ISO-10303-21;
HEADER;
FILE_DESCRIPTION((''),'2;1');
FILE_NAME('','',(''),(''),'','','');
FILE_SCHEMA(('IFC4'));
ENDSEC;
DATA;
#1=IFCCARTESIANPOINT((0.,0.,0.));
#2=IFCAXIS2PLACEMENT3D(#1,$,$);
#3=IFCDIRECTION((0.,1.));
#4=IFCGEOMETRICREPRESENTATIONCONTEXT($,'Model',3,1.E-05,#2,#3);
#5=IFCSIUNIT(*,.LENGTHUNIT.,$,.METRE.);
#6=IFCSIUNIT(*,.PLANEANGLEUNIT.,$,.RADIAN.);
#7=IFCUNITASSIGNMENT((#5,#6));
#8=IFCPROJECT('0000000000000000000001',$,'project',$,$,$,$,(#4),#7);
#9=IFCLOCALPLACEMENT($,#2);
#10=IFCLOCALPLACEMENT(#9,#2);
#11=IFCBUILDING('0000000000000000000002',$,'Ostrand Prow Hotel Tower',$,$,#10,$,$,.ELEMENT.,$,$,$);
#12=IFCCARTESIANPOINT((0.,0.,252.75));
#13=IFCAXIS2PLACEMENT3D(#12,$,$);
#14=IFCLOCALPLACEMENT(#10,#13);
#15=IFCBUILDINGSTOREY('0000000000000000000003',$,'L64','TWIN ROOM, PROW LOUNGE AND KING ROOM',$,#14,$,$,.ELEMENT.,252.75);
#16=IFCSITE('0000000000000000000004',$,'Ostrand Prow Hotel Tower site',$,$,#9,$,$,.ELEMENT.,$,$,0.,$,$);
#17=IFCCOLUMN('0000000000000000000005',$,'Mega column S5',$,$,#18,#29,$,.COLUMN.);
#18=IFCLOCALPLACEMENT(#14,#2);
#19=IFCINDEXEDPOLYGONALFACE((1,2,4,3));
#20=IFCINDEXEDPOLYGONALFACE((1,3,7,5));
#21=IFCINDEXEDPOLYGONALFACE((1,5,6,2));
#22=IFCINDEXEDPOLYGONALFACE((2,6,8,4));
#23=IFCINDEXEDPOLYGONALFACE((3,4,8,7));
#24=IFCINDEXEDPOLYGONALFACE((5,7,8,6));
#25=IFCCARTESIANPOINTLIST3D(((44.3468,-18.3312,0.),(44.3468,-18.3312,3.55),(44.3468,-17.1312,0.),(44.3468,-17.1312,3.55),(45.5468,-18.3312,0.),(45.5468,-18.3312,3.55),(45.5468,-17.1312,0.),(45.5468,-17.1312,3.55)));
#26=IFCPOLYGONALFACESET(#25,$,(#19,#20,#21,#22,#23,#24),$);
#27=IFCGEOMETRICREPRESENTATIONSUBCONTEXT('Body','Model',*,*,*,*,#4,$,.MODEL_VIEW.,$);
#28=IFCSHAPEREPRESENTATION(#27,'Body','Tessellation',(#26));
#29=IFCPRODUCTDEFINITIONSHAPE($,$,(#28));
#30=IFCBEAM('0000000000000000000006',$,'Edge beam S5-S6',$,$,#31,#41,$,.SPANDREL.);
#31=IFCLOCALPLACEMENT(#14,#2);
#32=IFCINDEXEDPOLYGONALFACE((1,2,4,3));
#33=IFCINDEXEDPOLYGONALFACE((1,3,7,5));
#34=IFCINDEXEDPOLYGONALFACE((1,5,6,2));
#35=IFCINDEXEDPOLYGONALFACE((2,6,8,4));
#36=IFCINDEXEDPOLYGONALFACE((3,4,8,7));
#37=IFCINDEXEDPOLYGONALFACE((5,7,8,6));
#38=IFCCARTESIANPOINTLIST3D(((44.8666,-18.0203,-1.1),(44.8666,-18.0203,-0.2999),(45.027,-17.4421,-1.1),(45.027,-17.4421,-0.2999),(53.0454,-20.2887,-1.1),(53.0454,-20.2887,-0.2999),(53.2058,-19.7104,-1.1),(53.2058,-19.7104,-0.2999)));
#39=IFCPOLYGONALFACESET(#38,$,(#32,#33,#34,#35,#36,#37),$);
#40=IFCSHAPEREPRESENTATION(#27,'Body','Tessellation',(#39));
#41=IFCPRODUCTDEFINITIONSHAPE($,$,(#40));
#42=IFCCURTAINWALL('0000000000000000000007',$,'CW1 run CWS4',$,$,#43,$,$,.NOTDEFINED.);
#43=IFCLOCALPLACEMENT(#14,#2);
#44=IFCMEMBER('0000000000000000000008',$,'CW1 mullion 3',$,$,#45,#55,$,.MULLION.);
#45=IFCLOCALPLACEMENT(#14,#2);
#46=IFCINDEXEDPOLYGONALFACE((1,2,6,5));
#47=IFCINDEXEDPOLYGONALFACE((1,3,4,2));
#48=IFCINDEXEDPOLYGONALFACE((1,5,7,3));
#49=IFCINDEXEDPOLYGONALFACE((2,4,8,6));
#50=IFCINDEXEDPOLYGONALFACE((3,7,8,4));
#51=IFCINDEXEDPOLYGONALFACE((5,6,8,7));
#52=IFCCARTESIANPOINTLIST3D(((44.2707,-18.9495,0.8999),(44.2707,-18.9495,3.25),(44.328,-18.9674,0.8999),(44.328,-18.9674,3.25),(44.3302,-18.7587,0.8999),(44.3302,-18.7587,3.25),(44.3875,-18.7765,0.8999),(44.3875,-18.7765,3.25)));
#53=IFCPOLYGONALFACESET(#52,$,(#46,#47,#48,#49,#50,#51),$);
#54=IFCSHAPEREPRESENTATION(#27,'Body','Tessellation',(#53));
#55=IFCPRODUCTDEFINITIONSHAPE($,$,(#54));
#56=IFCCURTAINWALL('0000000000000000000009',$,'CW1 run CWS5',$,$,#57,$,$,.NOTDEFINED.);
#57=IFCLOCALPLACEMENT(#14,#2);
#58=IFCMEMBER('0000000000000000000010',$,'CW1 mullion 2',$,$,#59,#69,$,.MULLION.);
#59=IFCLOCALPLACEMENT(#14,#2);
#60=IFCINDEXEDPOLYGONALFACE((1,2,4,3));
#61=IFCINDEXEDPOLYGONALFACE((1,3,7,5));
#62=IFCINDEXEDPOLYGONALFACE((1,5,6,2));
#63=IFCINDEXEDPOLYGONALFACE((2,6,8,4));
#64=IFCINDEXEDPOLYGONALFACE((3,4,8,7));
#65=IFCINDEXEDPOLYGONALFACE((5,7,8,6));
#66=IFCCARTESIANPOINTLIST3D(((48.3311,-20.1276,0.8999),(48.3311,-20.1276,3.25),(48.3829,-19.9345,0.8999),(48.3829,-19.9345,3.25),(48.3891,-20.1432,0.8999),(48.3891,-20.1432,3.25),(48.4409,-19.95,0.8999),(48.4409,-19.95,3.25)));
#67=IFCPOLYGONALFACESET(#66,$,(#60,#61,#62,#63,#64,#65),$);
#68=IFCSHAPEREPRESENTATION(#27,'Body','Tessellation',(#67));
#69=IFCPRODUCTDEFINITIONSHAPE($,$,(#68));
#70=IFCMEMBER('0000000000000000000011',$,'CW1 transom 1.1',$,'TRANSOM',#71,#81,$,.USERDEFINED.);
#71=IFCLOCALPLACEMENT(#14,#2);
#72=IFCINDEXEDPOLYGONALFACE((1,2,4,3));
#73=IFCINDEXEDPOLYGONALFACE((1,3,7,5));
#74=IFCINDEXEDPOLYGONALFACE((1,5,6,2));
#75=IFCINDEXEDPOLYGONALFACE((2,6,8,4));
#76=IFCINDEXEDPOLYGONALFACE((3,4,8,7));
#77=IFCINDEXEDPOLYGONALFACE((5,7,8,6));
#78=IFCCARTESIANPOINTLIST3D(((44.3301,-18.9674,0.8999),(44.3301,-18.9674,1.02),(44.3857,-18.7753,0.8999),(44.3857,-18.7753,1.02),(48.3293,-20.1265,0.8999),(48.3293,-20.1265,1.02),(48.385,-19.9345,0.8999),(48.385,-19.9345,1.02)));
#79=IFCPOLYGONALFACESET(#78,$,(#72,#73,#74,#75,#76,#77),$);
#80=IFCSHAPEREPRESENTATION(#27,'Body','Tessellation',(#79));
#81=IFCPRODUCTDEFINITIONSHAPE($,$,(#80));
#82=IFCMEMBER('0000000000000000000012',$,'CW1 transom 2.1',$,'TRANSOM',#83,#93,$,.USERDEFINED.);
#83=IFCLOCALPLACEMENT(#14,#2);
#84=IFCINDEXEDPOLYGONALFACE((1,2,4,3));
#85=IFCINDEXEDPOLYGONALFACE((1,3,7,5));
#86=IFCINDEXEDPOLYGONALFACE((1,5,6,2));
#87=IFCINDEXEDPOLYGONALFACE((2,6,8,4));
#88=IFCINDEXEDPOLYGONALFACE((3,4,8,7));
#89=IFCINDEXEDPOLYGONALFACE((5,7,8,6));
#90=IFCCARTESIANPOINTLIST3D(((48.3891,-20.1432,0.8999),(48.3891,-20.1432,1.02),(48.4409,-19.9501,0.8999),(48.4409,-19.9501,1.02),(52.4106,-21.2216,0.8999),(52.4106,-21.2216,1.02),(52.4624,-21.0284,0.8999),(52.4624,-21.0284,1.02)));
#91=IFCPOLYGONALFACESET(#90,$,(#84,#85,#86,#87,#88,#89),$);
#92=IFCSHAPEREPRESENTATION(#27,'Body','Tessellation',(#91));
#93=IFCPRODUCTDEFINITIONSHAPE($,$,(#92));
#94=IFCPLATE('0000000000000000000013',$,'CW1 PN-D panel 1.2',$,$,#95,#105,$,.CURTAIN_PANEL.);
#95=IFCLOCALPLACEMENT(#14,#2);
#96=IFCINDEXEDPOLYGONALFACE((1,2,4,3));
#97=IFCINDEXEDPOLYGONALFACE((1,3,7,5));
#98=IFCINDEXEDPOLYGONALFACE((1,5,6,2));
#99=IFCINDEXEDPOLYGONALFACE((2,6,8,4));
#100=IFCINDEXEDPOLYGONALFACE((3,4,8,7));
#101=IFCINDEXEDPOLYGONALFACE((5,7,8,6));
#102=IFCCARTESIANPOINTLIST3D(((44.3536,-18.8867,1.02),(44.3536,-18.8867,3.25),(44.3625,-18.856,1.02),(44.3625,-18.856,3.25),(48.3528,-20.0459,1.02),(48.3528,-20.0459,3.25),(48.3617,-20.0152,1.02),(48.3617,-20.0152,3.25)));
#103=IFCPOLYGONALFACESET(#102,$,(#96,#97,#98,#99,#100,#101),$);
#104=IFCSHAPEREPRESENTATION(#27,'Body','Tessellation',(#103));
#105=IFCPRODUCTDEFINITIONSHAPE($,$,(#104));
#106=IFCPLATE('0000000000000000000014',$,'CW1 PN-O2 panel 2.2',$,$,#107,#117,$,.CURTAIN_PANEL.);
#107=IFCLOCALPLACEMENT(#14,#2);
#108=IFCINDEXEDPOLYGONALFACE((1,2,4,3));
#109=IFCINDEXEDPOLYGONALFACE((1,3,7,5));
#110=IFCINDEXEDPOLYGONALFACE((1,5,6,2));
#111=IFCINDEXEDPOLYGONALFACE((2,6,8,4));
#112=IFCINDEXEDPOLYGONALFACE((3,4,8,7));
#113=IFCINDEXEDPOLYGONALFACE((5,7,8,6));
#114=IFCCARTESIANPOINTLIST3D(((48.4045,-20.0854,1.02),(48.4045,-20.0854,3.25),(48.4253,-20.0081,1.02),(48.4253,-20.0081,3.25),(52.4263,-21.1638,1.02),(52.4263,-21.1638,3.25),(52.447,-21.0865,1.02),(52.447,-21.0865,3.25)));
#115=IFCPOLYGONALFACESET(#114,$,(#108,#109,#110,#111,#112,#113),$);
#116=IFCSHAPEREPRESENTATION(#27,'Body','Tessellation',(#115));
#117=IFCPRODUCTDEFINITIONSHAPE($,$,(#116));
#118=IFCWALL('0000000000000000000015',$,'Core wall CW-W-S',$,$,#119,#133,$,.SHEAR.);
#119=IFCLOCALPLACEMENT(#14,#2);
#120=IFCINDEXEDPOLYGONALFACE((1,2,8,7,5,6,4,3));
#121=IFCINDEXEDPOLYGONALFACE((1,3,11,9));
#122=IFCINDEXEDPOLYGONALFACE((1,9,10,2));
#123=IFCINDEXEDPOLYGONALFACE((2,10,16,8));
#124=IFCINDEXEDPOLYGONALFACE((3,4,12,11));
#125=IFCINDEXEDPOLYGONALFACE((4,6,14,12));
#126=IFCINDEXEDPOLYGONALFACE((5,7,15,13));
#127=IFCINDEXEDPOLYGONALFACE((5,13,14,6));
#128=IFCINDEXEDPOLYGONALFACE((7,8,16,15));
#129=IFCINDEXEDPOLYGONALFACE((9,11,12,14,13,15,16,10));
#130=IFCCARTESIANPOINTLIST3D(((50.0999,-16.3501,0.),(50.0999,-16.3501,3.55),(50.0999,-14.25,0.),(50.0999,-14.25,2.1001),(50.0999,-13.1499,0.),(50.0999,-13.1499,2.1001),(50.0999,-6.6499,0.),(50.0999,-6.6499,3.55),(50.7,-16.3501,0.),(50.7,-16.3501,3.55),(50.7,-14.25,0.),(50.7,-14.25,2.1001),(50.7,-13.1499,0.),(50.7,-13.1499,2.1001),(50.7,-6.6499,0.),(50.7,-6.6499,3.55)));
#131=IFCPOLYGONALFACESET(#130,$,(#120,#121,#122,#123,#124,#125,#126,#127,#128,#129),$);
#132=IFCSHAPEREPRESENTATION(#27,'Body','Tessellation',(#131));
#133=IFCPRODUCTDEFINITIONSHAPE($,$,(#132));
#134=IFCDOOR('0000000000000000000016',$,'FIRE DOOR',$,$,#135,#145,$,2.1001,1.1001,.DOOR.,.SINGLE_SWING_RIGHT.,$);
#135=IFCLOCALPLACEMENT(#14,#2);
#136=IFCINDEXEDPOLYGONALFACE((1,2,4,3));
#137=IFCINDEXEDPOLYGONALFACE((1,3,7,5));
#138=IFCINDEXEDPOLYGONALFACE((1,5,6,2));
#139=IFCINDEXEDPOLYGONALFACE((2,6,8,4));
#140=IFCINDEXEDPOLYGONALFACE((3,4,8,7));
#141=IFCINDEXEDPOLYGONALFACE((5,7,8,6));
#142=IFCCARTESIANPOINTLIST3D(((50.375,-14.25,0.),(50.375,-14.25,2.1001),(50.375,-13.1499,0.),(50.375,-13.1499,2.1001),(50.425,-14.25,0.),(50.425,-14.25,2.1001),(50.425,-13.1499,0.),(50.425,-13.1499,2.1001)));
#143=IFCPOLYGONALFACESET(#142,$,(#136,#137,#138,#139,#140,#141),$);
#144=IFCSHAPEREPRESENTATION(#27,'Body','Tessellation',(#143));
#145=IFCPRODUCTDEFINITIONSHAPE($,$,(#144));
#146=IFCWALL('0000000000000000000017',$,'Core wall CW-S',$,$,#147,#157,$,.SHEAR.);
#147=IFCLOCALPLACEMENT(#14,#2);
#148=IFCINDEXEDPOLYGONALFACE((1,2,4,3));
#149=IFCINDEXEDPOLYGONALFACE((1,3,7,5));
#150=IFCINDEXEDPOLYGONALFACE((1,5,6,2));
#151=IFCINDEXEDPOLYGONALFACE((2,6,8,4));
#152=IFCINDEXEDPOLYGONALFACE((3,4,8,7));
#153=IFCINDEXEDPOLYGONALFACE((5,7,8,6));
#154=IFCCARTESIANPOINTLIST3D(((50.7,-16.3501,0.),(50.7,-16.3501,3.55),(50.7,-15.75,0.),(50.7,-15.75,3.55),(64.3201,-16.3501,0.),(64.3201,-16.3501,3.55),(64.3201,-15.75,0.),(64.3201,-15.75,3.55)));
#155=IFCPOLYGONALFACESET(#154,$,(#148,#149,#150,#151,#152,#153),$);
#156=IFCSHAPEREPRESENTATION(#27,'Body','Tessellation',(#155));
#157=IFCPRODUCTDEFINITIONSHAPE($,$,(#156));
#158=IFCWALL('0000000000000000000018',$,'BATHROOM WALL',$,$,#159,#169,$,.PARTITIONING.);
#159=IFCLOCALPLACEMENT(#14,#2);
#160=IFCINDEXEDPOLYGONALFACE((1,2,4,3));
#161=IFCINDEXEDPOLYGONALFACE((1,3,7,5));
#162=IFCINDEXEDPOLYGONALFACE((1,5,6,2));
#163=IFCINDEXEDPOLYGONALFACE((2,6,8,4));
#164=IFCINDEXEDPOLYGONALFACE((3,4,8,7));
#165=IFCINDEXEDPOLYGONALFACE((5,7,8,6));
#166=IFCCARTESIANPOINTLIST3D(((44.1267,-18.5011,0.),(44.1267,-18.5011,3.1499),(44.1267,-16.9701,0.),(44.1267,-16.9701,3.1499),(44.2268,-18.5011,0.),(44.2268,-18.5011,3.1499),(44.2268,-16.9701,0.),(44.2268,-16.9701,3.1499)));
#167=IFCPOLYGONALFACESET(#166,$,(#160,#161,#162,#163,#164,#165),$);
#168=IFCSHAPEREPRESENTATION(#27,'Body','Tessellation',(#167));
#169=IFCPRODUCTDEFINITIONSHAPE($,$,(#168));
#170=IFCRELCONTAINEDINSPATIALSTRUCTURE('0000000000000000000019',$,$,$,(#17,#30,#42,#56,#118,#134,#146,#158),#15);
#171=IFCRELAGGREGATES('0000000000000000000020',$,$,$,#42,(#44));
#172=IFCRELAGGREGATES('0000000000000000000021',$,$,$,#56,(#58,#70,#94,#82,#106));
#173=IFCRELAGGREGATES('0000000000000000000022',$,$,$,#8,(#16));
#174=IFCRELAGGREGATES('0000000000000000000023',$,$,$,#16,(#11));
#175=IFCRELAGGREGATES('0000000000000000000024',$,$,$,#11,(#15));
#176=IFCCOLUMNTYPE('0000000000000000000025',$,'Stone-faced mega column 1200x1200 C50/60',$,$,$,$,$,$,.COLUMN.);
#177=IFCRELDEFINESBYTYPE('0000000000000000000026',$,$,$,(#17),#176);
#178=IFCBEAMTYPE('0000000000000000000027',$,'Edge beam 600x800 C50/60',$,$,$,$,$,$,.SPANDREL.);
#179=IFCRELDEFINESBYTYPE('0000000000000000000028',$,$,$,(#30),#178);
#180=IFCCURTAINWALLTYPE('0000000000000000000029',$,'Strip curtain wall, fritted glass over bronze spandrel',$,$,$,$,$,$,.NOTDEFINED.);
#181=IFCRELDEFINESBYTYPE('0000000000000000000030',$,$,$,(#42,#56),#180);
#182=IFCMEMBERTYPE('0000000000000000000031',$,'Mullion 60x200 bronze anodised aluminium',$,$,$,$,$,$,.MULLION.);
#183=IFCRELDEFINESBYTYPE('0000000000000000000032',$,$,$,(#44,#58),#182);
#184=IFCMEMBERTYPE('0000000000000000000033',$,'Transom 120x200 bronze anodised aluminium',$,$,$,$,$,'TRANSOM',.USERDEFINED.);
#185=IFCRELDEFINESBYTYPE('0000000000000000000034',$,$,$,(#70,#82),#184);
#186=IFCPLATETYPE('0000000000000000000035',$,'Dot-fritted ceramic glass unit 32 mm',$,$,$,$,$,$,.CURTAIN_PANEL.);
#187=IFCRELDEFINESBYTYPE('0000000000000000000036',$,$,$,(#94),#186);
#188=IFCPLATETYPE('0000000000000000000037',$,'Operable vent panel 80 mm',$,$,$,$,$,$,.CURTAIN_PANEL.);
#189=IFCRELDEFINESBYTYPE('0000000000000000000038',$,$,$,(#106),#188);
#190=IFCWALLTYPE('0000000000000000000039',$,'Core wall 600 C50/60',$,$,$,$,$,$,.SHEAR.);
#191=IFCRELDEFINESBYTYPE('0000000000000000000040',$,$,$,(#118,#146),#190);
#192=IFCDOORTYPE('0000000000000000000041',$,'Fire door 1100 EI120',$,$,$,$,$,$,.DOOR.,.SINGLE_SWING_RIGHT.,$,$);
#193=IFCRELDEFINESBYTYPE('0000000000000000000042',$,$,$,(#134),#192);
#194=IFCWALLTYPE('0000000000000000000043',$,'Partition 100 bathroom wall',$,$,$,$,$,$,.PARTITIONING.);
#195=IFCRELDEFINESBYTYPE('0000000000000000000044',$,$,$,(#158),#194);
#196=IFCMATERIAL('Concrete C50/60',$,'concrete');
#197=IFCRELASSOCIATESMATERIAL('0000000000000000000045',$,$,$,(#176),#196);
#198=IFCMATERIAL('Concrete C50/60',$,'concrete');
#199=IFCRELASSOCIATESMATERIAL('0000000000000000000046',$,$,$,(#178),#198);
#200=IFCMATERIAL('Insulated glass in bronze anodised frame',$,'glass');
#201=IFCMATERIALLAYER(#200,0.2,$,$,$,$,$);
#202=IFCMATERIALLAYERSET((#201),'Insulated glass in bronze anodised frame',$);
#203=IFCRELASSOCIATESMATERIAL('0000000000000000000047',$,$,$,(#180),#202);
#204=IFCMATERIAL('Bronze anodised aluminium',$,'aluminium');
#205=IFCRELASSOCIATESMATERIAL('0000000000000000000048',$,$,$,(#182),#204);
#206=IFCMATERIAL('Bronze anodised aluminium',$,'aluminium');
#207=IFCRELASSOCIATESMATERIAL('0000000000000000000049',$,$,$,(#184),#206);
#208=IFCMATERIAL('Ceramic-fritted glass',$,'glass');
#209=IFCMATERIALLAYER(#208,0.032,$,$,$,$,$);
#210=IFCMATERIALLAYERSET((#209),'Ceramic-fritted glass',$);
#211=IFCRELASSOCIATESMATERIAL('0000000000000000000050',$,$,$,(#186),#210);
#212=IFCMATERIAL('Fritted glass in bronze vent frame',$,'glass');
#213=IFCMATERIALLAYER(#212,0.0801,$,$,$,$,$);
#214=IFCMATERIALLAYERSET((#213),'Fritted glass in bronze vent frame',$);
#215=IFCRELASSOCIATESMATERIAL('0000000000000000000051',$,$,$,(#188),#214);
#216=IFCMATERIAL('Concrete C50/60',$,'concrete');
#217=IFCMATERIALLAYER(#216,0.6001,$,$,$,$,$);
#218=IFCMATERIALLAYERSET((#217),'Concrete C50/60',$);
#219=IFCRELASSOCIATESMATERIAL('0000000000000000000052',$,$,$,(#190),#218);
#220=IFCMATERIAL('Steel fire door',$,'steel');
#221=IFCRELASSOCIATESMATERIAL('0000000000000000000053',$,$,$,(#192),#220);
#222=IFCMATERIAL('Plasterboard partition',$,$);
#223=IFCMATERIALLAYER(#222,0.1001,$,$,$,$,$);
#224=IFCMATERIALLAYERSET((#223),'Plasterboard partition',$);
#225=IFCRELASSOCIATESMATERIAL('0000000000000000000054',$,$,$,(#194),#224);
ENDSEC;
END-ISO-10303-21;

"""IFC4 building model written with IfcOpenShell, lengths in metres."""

from ifc_helpers import new_model, si_unit, direction, frame, frame_2d, origin, origin_2d, place, context, subcontext, project, spatial, rectangle, extrude, material, layer, layer_set, material_profile, profile_set, type_object, element, fill, aggregate, save


model = new_model("IFC4")

# Units and contexts
model_context = context("Model", 3, precision=1e-05, world=origin(), true_north=direction((0.0, 1.0)))
body_context = subcontext(model_context, "Body", "Model", "MODEL_VIEW")
ifc_project = project(units=[si_unit("LENGTHUNIT", "METRE"), si_unit("PLANEANGLEUNIT", "RADIAN")], contexts=[model_context])

# Site, building, storey
site_placement = place(None, origin())
site = spatial("IfcSite", under=ifc_project, at=site_placement, Name="Ostrand Prow Hotel Tower site", CompositionType="ELEMENT", RefElevation=0.0)
building_placement = place(site_placement, origin())
building = spatial("IfcBuilding", under=site, at=building_placement, Name="Ostrand Prow Hotel Tower", CompositionType="ELEMENT")
storey_placement = place(building_placement, frame((0.0, 0.0, 252.75)))
storey = spatial("IfcBuildingStorey", under=building, at=storey_placement, Name="L64", Description="TWIN ROOM, PROW LOUNGE AND KING ROOM", CompositionType="ELEMENT", Elevation=252.75)

# Column
ifc_material_1 = material(Name="Concrete C50/60", Category="concrete")
ifc_material_profile_1 = material_profile(ifc_material_1, rectangle(XDim=1.2, YDim=1.2, at=origin_2d()), Name="RC 1200x1200")
ifc_profile_set_1 = profile_set([ifc_material_profile_1], Name="Concrete C50/60")
column_type = type_object("IfcColumnType", Name="Stone-faced mega column 1200x1200 C50/60", PredefinedType="COLUMN", material=ifc_profile_set_1)
column_placement = place(storey_placement, frame((44.9468, -17.7312, 0.0), z_axis=(0.0, 0.0, 1.0), x_axis=(1.0, 0.0, 0.0)))
element("IfcColumn", 1, at=column_placement, inside=storey, type_object=column_type, Name="Mega column S5", PredefinedType="COLUMN", context=body_context, shape_type="SweptSolid", body=[
    extrude(rectangle(XDim=1.2, YDim=1.2, at=origin_2d()), origin(), (0.0, 0.0, 1.0), 3.55),
])

# Beam
ifc_material_2 = material(Name="Concrete C50/60", Category="concrete")
ifc_material_profile_2 = material_profile(ifc_material_2, rectangle(XDim=0.6001, YDim=0.8, at=origin_2d()), Name="RC 600x800")
ifc_profile_set_2 = profile_set([ifc_material_profile_2], Name="Concrete C50/60")
beam_type = type_object("IfcBeamType", Name="Edge beam 600x800 C50/60", PredefinedType="SPANDREL", material=ifc_profile_set_2)
beam_placement = place(storey_placement, frame((44.9468, -17.7312, -0.7), z_axis=(0.963626, -0.267255, 0.0), x_axis=(0.267255, 0.963626, 0.0)))
element("IfcBeam", 2, at=beam_placement, inside=storey, type_object=beam_type, Name="Edge beam S5-S6", PredefinedType="SPANDREL", context=body_context, shape_type="SweptSolid", body=[
    extrude(rectangle(XDim=0.6001, YDim=0.8, at=origin_2d()), origin(), (0.0, 0.0, 1.0), 8.4875),
])

# Curtain wall, member
ifc_material_3 = material(Name="Insulated glass in bronze anodised frame", Category="glass")
ifc_layer_1 = layer(ifc_material_3, 0.2)
ifc_layer_set_1 = layer_set([ifc_layer_1], Name="Insulated glass in bronze anodised frame")
curtain_wall_type = type_object("IfcCurtainWallType", Name="Strip curtain wall, fritted glass over bronze spandrel", PredefinedType="NOTDEFINED", material=ifc_layer_set_1)
curtain_wall_1_placement = place(storey_placement, origin())
curtain_wall_1 = element("IfcCurtainWall", 3, at=curtain_wall_1_placement, inside=storey, type_object=curtain_wall_type, Name="CW1 run CWS4", PredefinedType="NOTDEFINED")
ifc_material_4 = material(Name="Bronze anodised aluminium", Category="aluminium")
ifc_material_profile_3 = material_profile(ifc_material_4, rectangle(XDim=0.2, YDim=0.0601, at=origin_2d()), Name="Mullion 60x200 bronze anodised aluminium")
ifc_profile_set_3 = profile_set([ifc_material_profile_3], Name="Bronze anodised aluminium")
member_type_1 = type_object("IfcMemberType", Name="Mullion 60x200 bronze anodised aluminium", PredefinedType="MULLION", material=ifc_profile_set_3)
member_1_placement = place(storey_placement, frame((44.3291, -18.863, 0.8999), z_axis=(0.0, 0.0, 1.0), x_axis=(0.297678, 0.954666, 0.0)))
member_1 = element("IfcMember", 4, at=member_1_placement, type_object=member_type_1, Name="CW1 mullion 3", PredefinedType="MULLION", context=body_context, shape_type="SweptSolid", body=[
    extrude(rectangle(XDim=0.2, YDim=0.0601, at=origin_2d()), origin(), (0.0, 0.0, 1.0), 2.3501),
])
aggregate(curtain_wall_1, [member_1])

# Curtain wall, members, plates
curtain_wall_2_placement = place(storey_placement, origin())
curtain_wall_2 = element("IfcCurtainWall", 5, at=curtain_wall_2_placement, inside=storey, type_object=curtain_wall_type, Name="CW1 run CWS5", PredefinedType="NOTDEFINED")
member_2_placement = place(storey_placement, frame((48.386, -20.0388, 0.8999), z_axis=(0.0, 0.0, 1.0), x_axis=(0.258994, 0.965879, 0.0)))
member_2 = element("IfcMember", 6, at=member_2_placement, type_object=member_type_1, Name="CW1 mullion 2", PredefinedType="MULLION", context=body_context, shape_type="SweptSolid", body=[
    extrude(rectangle(XDim=0.2, YDim=0.0601, at=origin_2d()), origin(), (0.0, 0.0, 1.0), 2.3501),
])
ifc_material_5 = material(Name="Bronze anodised aluminium", Category="aluminium")
ifc_material_profile_4 = material_profile(ifc_material_5, rectangle(XDim=0.2, YDim=0.1201, at=origin_2d()), Name="Transom 120x200 bronze anodised aluminium")
ifc_profile_set_4 = profile_set([ifc_material_profile_4], Name="Bronze anodised aluminium")
member_type_2 = type_object("IfcMemberType", Name="Transom 120x200 bronze anodised aluminium", ElementType="TRANSOM", PredefinedType="USERDEFINED", material=ifc_profile_set_4)
member_3_placement = place(storey_placement, frame((44.3579, -18.8713, 0.96), z_axis=(0.960468, -0.27839, 0.0), x_axis=(0.27839, 0.960468, 0.0)))
member_3 = element("IfcMember", 7, at=member_3_placement, type_object=member_type_2, Name="CW1 transom 1.1", ObjectType="TRANSOM", PredefinedType="USERDEFINED", context=body_context, shape_type="SweptSolid", body=[
    extrude(rectangle(XDim=0.2, YDim=0.1201, at=origin_2d()), origin(), (0.0, 0.0, 1.0), 4.1638),
])
member_4_placement = place(storey_placement, frame((48.415, -20.0466, 0.96), z_axis=(0.965877, -0.259002, 0.0), x_axis=(0.259002, 0.965877, 0.0)))
member_4 = element("IfcMember", 8, at=member_4_placement, type_object=member_type_2, Name="CW1 transom 2.1", ObjectType="TRANSOM", PredefinedType="USERDEFINED", context=body_context, shape_type="SweptSolid", body=[
    extrude(rectangle(XDim=0.2, YDim=0.1201, at=origin_2d()), origin(), (0.0, 0.0, 1.0), 4.1636),
])
ifc_material_6 = material(Name="Ceramic-fritted glass", Category="glass")
ifc_layer_2 = layer(ifc_material_6, 0.032)
ifc_layer_set_2 = layer_set([ifc_layer_2], Name="Ceramic-fritted glass")
plate_type_1 = type_object("IfcPlateType", Name="Dot-fritted ceramic glass unit 32 mm", PredefinedType="CURTAIN_PANEL", material=ifc_layer_set_2)
plate_1_placement = place(storey_placement, frame((46.3577, -19.4509, 1.02), z_axis=(0.0, 0.0, 1.0), x_axis=(0.960467, -0.278393, 0.0)))
plate_1 = element("IfcPlate", 9, at=plate_1_placement, type_object=plate_type_1, Name="CW1 PN-D panel 1.2", PredefinedType="CURTAIN_PANEL", context=body_context, shape_type="SweptSolid", body=[
    extrude(rectangle(XDim=4.1638, YDim=0.032, at=origin_2d()), origin(), (0.0, 0.0, 1.0), 2.23),
])
ifc_material_7 = material(Name="Fritted glass in bronze vent frame", Category="glass")
ifc_layer_3 = layer(ifc_material_7, 0.0801)
ifc_layer_set_3 = layer_set([ifc_layer_3], Name="Fritted glass in bronze vent frame")
plate_type_2 = type_object("IfcPlateType", Name="Operable vent panel 80 mm", PredefinedType="CURTAIN_PANEL", material=ifc_layer_set_3)
plate_2_placement = place(storey_placement, frame((50.4258, -20.5859, 1.02), z_axis=(0.0, 0.0, 1.0), x_axis=(0.965879, -0.258994, 0.0)))
plate_2 = element("IfcPlate", 10, at=plate_2_placement, type_object=plate_type_2, Name="CW1 PN-O2 panel 2.2", PredefinedType="CURTAIN_PANEL", context=body_context, shape_type="SweptSolid", body=[
    extrude(rectangle(XDim=4.1638, YDim=0.0801, at=origin_2d()), origin(), (0.0, 0.0, 1.0), 2.23),
])
aggregate(curtain_wall_2, [member_2, member_3, plate_1, member_4, plate_2])

# Wall, opening, door
ifc_material_8 = material(Name="Concrete C50/60", Category="concrete")
ifc_layer_4 = layer(ifc_material_8, 0.6001)
ifc_layer_set_4 = layer_set([ifc_layer_4], Name="Concrete C50/60")
wall_type_1 = type_object("IfcWallType", Name="Core wall 600 C50/60", PredefinedType="SHEAR", material=ifc_layer_set_4)
wall_1_placement = place(storey_placement, frame((50.3999, -16.3501, 0.0), z_axis=(0.0, 0.0, 1.0), x_axis=(0.0, 1.0, 0.0)))
wall_1 = element("IfcWall", 11, at=wall_1_placement, inside=storey, type_object=wall_type_1, Name="Core wall CW-W-S", PredefinedType="SHEAR", context=body_context, shape_type="SweptSolid", body=[
    extrude(rectangle(XDim=9.7002, YDim=0.6001, at=frame_2d((4.8501, 0.0))), origin(), (0.0, 0.0, 1.0), 3.55),
])
opening_1_placement = place(wall_1_placement, frame((2.1001, 0.0, 0.0)))
opening_1 = element("IfcOpeningElement", 12, at=opening_1_placement, cuts=wall_1, PredefinedType="OPENING", context=body_context, shape_type="SweptSolid", body=[
    extrude(rectangle(XDim=1.1001, YDim=2.1001, at=frame_2d((0.55, 1.05))), frame((0.0, 0.3101, 0.0), z_axis=(0.0, -1.0, 0.0), x_axis=(1.0, 0.0, 0.0)), (0.0, 0.0, 1.0), 0.6201),
])
ifc_material_9 = material(Name="Steel fire door", Category="steel")
door_type_1 = type_object("IfcDoorType", Name="Fire door 1100 EI120", OperationType="SINGLE_SWING_RIGHT", PredefinedType="DOOR", material=ifc_material_9)
door_1_placement = place(opening_1_placement, origin())
door_1 = element("IfcDoor", 13, at=door_1_placement, inside=storey, type_object=door_type_1, Name="FIRE DOOR", OperationType="SINGLE_SWING_RIGHT", OverallHeight=2.1001, OverallWidth=1.1001, PredefinedType="DOOR", context=body_context, shape_type="SweptSolid", body=[
    extrude(rectangle(XDim=1.1001, YDim=2.1001, at=frame_2d((0.55, 1.05))), frame((0.0, 0.0249, 0.0), z_axis=(0.0, -1.0, 0.0), x_axis=(1.0, 0.0, 0.0)), (0.0, 0.0, 1.0), 0.05),
])
fill(opening_1, door_1)

# Walls
wall_2_placement = place(storey_placement, frame((50.7, -16.05, 0.0), z_axis=(0.0, 0.0, 1.0), x_axis=(1.0, 0.0, 0.0)))
element("IfcWall", 14, at=wall_2_placement, inside=storey, type_object=wall_type_1, Name="Core wall CW-S", PredefinedType="SHEAR", context=body_context, shape_type="SweptSolid", body=[
    extrude(rectangle(XDim=13.6201, YDim=0.6001, at=frame_2d((6.8101, 0.0))), origin(), (0.0, 0.0, 1.0), 3.55),
])
ifc_material_10 = material(Name="Plasterboard partition")
ifc_layer_5 = layer(ifc_material_10, 0.1001)
ifc_layer_set_5 = layer_set([ifc_layer_5], Name="Plasterboard partition")
wall_type_2 = type_object("IfcWallType", Name="Partition 100 bathroom wall", PredefinedType="PARTITIONING", material=ifc_layer_set_5)
wall_3_placement = place(storey_placement, frame((44.1768, -18.5012, 0.0), z_axis=(0.0, 0.0, 1.0), x_axis=(0.0, 1.0, 0.0)))
element("IfcWall", 15, at=wall_3_placement, inside=storey, type_object=wall_type_2, Name="BATHROOM WALL", PredefinedType="PARTITIONING", context=body_context, shape_type="SweptSolid", body=[
    extrude(rectangle(XDim=1.531, YDim=0.1001, at=frame_2d((0.7656, 0.0))), origin(), (0.0, 0.0, 1.0), 3.1499),
])

save(model, "model.ifc")
